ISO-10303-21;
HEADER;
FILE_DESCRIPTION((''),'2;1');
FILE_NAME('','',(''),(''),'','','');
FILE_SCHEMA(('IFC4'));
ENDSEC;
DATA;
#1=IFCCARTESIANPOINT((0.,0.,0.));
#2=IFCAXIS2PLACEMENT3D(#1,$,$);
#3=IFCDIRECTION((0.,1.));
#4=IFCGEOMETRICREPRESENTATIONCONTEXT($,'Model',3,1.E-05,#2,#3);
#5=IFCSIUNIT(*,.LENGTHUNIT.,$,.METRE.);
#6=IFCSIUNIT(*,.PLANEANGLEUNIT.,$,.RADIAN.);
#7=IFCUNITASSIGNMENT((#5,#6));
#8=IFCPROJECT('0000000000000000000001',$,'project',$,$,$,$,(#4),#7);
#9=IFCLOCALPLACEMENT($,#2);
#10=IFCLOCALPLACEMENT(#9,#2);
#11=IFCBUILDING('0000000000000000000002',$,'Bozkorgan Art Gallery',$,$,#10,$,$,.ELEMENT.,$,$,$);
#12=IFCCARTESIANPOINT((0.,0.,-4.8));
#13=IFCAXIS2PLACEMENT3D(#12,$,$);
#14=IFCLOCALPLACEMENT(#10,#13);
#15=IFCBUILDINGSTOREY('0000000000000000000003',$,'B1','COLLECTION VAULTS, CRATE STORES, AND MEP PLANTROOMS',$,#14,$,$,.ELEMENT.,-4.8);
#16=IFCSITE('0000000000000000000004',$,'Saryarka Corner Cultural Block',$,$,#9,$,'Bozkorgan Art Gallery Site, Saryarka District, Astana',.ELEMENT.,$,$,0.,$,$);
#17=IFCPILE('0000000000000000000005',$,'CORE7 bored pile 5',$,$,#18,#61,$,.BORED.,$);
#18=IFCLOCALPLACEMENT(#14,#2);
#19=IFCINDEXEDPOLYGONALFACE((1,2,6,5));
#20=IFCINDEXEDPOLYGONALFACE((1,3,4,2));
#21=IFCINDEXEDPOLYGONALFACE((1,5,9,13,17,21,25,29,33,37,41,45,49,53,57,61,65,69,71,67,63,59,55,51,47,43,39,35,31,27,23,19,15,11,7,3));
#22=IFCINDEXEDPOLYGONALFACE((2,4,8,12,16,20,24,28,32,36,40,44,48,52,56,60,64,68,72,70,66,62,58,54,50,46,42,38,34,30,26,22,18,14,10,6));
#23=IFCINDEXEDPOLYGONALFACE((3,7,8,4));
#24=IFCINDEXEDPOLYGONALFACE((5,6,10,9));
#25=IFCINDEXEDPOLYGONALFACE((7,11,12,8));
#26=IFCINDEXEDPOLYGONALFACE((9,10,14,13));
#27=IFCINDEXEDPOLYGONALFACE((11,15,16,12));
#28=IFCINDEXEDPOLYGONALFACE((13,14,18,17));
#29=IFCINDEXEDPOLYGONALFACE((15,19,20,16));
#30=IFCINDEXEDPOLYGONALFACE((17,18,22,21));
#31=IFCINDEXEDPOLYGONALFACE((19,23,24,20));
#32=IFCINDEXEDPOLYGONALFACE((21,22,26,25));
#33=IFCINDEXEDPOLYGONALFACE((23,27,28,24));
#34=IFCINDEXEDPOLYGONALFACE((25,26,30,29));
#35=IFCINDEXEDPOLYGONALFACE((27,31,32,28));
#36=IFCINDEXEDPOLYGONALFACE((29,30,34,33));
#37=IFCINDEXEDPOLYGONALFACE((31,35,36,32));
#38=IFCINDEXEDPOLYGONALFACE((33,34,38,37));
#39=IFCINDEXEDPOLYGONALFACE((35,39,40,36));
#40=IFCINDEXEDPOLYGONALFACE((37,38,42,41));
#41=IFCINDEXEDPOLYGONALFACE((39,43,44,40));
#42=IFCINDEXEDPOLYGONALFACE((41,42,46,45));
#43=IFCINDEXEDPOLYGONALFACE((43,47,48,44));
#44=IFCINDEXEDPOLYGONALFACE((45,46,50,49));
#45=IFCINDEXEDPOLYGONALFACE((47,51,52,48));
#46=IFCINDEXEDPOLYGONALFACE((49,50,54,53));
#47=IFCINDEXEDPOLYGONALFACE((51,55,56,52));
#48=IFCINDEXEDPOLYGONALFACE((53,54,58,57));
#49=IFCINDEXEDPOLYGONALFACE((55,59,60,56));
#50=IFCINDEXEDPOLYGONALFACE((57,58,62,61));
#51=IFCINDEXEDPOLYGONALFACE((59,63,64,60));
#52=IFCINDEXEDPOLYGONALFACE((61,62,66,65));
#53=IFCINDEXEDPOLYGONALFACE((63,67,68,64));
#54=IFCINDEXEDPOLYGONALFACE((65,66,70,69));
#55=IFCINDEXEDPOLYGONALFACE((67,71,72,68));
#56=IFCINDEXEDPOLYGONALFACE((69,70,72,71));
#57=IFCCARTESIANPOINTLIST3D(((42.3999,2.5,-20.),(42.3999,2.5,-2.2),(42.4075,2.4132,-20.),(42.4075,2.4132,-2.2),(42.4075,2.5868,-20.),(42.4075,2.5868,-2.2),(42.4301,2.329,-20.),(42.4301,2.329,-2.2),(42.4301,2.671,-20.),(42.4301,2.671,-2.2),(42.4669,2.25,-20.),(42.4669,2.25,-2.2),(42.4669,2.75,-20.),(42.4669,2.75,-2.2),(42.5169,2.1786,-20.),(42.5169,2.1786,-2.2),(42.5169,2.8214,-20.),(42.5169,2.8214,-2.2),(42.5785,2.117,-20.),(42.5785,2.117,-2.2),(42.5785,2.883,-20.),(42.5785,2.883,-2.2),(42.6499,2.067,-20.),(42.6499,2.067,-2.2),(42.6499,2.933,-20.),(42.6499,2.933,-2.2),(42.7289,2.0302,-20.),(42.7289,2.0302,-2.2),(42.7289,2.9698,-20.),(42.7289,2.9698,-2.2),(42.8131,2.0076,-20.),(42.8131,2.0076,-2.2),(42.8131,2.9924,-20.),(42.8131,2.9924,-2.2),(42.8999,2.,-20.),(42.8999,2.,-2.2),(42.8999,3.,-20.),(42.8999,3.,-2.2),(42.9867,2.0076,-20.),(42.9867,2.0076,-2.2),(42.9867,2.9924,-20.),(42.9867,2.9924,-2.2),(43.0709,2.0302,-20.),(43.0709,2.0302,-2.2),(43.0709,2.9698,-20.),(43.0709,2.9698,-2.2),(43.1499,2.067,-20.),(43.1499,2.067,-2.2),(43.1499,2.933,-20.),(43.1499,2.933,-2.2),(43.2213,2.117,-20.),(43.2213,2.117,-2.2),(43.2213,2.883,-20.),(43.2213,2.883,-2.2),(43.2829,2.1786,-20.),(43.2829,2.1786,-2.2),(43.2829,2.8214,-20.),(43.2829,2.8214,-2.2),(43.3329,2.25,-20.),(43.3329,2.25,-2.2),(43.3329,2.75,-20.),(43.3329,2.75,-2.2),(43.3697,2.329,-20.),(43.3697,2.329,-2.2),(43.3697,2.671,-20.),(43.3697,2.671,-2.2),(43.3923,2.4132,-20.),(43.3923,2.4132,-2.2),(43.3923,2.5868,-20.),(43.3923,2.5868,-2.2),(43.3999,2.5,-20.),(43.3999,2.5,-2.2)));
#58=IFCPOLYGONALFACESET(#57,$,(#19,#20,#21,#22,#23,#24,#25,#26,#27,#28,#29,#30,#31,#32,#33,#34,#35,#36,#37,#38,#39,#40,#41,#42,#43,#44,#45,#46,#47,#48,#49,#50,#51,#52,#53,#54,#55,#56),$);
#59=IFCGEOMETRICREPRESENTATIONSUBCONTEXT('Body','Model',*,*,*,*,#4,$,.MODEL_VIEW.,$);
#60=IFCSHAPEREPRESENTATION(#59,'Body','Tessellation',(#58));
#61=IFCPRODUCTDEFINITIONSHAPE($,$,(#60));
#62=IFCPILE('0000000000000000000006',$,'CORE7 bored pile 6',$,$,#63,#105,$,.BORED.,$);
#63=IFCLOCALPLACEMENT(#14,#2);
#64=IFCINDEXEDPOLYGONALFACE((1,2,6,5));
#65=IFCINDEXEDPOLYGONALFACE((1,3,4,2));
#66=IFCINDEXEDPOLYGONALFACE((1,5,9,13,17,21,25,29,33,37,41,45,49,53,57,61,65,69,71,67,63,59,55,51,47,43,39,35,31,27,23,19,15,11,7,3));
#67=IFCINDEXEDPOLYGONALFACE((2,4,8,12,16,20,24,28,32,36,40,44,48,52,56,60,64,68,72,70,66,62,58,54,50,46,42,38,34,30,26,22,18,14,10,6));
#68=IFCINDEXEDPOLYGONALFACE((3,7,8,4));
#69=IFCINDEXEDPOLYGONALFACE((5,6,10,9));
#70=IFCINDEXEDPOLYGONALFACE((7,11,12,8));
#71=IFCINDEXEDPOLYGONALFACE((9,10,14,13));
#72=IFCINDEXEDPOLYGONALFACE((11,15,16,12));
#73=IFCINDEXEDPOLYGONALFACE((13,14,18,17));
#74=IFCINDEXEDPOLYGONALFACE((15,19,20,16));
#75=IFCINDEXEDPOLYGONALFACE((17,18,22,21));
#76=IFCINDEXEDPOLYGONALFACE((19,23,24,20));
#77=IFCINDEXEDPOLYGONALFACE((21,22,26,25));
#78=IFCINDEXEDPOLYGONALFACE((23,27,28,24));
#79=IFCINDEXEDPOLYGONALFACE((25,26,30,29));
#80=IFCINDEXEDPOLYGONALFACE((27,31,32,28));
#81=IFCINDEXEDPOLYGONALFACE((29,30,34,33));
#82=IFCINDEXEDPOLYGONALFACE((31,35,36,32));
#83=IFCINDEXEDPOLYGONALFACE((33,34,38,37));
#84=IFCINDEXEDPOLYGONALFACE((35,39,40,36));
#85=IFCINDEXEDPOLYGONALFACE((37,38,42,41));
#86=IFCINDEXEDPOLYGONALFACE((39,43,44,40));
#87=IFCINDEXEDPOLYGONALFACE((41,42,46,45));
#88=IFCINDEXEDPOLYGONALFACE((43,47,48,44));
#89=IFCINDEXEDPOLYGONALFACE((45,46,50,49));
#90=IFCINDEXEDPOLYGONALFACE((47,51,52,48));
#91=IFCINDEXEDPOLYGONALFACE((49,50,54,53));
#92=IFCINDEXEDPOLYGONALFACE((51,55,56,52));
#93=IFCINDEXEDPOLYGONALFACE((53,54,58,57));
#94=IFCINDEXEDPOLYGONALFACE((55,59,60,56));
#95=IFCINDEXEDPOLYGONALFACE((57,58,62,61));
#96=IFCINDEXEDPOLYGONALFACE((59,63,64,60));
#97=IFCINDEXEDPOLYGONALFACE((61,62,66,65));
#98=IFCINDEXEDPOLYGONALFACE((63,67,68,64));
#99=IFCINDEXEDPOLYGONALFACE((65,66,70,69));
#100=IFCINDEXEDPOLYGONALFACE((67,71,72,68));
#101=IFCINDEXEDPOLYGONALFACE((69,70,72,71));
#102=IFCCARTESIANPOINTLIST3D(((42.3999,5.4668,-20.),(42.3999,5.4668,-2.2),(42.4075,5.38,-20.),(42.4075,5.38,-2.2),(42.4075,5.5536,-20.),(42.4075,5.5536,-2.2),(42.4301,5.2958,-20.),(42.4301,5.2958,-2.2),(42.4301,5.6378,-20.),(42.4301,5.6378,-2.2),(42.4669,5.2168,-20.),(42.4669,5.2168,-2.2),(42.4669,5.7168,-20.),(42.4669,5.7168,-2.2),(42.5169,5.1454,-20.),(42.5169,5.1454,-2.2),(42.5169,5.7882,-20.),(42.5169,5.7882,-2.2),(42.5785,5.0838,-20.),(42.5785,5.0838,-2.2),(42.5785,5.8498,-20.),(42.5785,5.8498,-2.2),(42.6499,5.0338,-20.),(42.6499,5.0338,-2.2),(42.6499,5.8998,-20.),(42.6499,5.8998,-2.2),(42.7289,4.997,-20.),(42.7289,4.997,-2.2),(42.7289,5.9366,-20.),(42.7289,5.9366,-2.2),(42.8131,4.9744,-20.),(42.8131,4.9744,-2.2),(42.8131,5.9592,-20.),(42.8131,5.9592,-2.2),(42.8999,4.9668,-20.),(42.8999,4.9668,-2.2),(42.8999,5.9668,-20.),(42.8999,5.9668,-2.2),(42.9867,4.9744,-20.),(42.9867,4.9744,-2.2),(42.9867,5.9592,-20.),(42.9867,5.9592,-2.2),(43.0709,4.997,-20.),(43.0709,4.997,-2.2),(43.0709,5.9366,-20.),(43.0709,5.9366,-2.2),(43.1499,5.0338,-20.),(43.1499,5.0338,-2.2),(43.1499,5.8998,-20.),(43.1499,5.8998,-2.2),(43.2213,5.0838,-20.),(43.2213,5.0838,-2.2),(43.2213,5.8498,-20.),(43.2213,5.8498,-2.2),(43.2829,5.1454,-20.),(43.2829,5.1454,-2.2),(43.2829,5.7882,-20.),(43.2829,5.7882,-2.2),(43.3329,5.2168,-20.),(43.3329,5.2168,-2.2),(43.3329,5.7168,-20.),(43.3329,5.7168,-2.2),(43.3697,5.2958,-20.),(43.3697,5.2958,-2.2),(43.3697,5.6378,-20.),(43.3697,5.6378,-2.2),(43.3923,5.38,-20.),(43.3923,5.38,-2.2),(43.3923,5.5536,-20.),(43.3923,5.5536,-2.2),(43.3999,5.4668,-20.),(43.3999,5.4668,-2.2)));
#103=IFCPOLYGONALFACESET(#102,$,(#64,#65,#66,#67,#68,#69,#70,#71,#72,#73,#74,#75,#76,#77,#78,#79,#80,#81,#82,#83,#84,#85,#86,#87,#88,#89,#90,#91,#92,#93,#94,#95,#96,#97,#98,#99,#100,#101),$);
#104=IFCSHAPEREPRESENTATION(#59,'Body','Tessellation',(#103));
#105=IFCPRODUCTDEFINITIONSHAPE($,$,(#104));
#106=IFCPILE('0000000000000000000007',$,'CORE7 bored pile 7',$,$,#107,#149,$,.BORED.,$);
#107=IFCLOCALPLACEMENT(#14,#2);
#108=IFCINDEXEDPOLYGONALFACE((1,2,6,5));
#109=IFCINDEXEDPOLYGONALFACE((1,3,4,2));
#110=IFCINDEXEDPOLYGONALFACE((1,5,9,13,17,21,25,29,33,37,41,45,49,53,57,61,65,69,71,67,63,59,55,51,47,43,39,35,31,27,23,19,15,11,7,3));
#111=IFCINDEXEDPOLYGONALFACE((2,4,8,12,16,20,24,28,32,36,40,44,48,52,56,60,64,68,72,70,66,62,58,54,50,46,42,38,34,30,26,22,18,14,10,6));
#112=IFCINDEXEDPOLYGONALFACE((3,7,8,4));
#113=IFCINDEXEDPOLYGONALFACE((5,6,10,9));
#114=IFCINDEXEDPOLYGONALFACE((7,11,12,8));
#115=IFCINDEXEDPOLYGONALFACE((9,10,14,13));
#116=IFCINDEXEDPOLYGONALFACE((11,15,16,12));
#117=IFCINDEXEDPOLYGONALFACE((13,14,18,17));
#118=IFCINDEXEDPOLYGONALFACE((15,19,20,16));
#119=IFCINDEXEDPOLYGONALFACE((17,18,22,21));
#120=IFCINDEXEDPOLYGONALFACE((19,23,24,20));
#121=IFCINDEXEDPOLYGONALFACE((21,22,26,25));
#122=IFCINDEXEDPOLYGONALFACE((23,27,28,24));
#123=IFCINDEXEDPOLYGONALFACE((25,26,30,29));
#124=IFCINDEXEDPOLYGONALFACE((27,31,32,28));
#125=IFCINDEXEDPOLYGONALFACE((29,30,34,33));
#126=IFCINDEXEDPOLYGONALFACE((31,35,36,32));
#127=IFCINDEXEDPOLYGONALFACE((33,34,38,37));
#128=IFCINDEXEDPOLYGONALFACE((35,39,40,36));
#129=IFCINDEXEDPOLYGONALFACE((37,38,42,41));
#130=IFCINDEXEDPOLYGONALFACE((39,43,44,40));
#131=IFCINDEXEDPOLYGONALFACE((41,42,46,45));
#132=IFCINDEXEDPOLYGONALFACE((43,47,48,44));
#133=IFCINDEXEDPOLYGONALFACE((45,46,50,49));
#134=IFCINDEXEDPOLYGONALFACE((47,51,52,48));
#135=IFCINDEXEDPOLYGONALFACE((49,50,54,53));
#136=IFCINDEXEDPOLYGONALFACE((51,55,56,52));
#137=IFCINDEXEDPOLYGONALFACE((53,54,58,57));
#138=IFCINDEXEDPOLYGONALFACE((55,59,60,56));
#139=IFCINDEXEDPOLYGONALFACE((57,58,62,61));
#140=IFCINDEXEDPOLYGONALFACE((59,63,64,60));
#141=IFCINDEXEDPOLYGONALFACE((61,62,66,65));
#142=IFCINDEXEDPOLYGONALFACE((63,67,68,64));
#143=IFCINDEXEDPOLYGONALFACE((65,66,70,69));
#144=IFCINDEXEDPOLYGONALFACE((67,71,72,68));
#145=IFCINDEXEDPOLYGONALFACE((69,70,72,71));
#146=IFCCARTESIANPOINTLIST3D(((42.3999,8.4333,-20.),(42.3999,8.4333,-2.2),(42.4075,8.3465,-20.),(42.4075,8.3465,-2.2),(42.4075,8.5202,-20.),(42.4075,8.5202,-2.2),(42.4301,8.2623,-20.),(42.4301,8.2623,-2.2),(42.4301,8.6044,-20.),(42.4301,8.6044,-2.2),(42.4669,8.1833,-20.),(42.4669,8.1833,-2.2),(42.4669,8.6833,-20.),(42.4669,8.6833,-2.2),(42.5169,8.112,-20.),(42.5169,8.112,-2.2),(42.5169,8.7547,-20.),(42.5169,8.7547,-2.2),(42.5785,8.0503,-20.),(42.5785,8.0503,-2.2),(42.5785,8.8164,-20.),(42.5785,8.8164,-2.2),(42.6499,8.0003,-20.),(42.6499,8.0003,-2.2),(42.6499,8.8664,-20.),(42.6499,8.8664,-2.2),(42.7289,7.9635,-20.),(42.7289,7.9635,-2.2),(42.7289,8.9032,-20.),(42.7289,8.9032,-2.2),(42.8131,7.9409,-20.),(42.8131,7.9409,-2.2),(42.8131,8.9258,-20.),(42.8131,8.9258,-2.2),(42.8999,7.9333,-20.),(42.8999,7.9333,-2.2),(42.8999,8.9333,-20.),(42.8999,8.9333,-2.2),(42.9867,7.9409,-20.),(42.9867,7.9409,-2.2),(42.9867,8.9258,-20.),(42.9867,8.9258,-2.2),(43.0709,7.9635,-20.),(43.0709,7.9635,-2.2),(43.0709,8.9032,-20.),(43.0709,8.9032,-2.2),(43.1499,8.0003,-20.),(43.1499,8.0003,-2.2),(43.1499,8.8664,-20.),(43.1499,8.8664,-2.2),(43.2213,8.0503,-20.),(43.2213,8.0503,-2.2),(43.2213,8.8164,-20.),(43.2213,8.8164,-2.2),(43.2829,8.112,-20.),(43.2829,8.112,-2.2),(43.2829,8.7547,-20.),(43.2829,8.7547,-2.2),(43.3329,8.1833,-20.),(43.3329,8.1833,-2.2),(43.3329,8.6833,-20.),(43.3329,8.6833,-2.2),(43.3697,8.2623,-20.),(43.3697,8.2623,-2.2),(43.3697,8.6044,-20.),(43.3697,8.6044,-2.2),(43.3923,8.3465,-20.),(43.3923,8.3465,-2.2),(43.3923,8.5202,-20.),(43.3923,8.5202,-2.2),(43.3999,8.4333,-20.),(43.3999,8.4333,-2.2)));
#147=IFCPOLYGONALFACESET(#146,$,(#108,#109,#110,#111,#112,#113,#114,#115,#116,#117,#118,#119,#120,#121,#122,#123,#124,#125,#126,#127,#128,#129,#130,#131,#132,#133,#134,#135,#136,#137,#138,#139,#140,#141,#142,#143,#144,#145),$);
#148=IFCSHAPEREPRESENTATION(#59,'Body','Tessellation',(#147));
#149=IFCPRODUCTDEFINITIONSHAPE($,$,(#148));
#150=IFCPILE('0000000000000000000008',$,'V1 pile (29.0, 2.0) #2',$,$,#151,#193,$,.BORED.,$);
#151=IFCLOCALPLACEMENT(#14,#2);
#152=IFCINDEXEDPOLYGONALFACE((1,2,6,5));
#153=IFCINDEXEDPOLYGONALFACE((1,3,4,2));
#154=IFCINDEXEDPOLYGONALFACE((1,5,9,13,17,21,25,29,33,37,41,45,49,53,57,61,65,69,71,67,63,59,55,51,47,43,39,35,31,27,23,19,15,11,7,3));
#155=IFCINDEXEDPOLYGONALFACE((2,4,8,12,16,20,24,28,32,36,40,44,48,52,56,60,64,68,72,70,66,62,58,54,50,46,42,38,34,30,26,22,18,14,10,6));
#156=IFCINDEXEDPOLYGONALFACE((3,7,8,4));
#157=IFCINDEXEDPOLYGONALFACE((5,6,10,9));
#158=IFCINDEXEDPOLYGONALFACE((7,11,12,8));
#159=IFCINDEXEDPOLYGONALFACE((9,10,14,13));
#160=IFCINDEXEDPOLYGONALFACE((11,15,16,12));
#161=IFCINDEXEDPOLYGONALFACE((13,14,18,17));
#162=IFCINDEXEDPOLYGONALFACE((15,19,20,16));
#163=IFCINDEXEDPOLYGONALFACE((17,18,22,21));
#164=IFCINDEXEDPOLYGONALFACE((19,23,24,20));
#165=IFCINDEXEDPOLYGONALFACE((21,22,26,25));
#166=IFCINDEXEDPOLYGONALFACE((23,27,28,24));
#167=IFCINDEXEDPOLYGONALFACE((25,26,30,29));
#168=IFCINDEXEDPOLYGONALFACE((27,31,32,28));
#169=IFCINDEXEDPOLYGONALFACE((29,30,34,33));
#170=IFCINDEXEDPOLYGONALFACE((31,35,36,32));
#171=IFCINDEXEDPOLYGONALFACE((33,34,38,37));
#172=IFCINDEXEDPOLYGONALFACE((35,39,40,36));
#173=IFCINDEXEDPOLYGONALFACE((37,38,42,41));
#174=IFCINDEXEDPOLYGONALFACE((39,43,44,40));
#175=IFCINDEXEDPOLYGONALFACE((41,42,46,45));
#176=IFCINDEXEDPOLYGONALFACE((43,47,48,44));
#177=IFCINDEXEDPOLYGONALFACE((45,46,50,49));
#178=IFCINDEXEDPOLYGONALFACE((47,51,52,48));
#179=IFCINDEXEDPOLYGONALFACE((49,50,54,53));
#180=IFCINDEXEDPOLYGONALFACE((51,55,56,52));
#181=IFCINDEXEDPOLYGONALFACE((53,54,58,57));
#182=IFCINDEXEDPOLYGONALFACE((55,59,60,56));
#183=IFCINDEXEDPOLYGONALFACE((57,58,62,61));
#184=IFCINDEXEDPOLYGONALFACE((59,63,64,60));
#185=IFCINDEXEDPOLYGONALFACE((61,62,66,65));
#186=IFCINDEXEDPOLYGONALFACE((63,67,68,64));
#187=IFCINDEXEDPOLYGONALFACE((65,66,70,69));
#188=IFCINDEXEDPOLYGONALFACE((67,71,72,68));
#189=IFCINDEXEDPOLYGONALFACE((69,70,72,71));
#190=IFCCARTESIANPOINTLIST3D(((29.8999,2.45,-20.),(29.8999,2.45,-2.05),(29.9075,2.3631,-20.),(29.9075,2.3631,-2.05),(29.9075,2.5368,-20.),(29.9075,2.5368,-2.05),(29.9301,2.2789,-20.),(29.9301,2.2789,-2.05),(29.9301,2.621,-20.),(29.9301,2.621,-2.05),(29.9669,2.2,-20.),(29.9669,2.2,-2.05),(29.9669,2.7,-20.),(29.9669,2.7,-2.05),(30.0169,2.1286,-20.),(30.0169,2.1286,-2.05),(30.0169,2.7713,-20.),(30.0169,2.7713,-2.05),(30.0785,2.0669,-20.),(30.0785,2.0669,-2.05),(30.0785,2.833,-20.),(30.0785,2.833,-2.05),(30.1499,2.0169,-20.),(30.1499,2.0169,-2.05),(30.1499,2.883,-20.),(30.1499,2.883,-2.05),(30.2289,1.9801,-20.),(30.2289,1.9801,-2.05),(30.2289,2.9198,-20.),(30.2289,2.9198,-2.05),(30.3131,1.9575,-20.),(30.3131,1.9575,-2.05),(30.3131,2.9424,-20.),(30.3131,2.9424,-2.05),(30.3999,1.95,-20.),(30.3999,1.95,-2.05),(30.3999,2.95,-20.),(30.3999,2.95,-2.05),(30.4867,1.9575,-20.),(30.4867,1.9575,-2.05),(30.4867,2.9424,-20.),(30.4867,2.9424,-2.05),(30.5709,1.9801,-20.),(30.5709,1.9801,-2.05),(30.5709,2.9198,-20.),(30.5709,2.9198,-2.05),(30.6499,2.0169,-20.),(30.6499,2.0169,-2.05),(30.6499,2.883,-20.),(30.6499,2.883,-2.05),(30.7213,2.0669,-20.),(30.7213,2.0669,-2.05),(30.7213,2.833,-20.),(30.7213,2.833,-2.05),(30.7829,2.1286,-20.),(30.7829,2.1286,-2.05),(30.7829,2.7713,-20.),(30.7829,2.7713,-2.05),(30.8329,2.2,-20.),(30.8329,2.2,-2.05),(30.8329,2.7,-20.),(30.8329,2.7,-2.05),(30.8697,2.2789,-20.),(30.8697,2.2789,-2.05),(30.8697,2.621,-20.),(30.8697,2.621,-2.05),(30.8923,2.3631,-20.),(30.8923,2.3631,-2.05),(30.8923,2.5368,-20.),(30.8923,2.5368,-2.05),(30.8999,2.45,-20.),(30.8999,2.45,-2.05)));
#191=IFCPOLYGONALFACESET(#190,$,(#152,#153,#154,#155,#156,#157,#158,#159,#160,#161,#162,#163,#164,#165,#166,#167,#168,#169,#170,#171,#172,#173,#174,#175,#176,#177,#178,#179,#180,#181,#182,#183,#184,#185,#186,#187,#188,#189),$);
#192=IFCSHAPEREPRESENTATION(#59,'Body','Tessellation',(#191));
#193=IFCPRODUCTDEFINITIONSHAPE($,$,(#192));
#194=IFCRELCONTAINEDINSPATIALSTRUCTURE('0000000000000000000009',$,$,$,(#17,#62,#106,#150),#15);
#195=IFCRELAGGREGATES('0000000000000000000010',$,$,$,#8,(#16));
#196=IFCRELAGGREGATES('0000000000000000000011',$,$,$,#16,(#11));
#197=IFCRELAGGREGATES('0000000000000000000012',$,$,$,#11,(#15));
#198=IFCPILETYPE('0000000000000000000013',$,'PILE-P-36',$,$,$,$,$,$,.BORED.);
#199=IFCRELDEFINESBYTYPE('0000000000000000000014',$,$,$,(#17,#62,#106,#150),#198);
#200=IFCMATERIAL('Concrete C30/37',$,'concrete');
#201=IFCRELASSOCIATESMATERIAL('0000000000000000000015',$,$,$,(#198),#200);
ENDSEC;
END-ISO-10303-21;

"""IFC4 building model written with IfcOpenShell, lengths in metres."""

from ifc_helpers import new_model, si_unit, direction, frame, origin, origin_2d, place, context, subcontext, project, spatial, circle, extrude, material, material_profile, profile_set, type_object, element, save


model = new_model("IFC4")

# Units and contexts
model_context = context("Model", 3, precision=1e-05, world=origin(), true_north=direction((0.0, 1.0)))
body_context = subcontext(model_context, "Body", "Model", "MODEL_VIEW")
ifc_project = project(units=[si_unit("LENGTHUNIT", "METRE"), si_unit("PLANEANGLEUNIT", "RADIAN")], contexts=[model_context])

# Site, building, storey
site_placement = place(None, origin())
site = spatial("IfcSite", under=ifc_project, at=site_placement, Name="Saryarka Corner Cultural Block", LongName="Bozkorgan Art Gallery Site, Saryarka District, Astana", CompositionType="ELEMENT", RefElevation=0.0)
building_placement = place(site_placement, origin())
building = spatial("IfcBuilding", under=site, at=building_placement, Name="Bozkorgan Art Gallery", CompositionType="ELEMENT")
storey_placement = place(building_placement, frame((0.0, 0.0, -4.8)))
storey = spatial("IfcBuildingStorey", under=building, at=storey_placement, Name="B1", Description="COLLECTION VAULTS, CRATE STORES, AND MEP PLANTROOMS", CompositionType="ELEMENT", Elevation=-4.8)

# Shared definitions
ifc_material_1 = material(Name="Concrete C30/37", Category="concrete")

# Piles
ifc_material_profile_1 = material_profile(ifc_material_1, circle(Radius=0.5, at=origin_2d()), Name="PILE D1000")
ifc_profile_set_1 = profile_set([ifc_material_profile_1], Name="Concrete C30/37")
pile_type = type_object("IfcPileType", Name="PILE-P-36", PredefinedType="BORED", material=ifc_profile_set_1)
for number, where, z_axis, x_axis, name in (
    (1, (42.8999, 2.5, -2.2), (0.0, 0.0, -1.0), (1.0, 0.0, 0.0), "CORE7 bored pile 5"),
    (2, (42.8999, 5.4668, -2.2), (0.0, 0.0, -1.0), (1.0, 0.0, 0.0), "CORE7 bored pile 6"),
    (3, (42.8999, 8.4333, -2.2), (0.0, 0.0, -1.0), (1.0, 0.0, 0.0), "CORE7 bored pile 7"),
):
    element("IfcPile", number, at=place(storey_placement, frame(where, z_axis=z_axis, x_axis=x_axis)), inside=storey, type_object=pile_type, Name=name, PredefinedType="BORED", context=body_context, shape_type="SweptSolid", body=[
        extrude(circle(Radius=0.5, at=origin_2d()), origin(), (0.0, 0.0, 1.0), 17.8),
    ])
for number, where, z_axis, x_axis, name in (
    (4, (30.3999, 2.45, -2.05), (0.0, 0.0, -1.0), (1.0, 0.0, 0.0), "V1 pile (29.0, 2.0) #2"),
):
    element("IfcPile", number, at=place(storey_placement, frame(where, z_axis=z_axis, x_axis=x_axis)), inside=storey, type_object=pile_type, Name=name, PredefinedType="BORED", context=body_context, shape_type="SweptSolid", body=[
        extrude(circle(Radius=0.5, at=origin_2d()), origin(), (0.0, 0.0, 1.0), 17.95),
    ])

save(model, "model.ifc")
